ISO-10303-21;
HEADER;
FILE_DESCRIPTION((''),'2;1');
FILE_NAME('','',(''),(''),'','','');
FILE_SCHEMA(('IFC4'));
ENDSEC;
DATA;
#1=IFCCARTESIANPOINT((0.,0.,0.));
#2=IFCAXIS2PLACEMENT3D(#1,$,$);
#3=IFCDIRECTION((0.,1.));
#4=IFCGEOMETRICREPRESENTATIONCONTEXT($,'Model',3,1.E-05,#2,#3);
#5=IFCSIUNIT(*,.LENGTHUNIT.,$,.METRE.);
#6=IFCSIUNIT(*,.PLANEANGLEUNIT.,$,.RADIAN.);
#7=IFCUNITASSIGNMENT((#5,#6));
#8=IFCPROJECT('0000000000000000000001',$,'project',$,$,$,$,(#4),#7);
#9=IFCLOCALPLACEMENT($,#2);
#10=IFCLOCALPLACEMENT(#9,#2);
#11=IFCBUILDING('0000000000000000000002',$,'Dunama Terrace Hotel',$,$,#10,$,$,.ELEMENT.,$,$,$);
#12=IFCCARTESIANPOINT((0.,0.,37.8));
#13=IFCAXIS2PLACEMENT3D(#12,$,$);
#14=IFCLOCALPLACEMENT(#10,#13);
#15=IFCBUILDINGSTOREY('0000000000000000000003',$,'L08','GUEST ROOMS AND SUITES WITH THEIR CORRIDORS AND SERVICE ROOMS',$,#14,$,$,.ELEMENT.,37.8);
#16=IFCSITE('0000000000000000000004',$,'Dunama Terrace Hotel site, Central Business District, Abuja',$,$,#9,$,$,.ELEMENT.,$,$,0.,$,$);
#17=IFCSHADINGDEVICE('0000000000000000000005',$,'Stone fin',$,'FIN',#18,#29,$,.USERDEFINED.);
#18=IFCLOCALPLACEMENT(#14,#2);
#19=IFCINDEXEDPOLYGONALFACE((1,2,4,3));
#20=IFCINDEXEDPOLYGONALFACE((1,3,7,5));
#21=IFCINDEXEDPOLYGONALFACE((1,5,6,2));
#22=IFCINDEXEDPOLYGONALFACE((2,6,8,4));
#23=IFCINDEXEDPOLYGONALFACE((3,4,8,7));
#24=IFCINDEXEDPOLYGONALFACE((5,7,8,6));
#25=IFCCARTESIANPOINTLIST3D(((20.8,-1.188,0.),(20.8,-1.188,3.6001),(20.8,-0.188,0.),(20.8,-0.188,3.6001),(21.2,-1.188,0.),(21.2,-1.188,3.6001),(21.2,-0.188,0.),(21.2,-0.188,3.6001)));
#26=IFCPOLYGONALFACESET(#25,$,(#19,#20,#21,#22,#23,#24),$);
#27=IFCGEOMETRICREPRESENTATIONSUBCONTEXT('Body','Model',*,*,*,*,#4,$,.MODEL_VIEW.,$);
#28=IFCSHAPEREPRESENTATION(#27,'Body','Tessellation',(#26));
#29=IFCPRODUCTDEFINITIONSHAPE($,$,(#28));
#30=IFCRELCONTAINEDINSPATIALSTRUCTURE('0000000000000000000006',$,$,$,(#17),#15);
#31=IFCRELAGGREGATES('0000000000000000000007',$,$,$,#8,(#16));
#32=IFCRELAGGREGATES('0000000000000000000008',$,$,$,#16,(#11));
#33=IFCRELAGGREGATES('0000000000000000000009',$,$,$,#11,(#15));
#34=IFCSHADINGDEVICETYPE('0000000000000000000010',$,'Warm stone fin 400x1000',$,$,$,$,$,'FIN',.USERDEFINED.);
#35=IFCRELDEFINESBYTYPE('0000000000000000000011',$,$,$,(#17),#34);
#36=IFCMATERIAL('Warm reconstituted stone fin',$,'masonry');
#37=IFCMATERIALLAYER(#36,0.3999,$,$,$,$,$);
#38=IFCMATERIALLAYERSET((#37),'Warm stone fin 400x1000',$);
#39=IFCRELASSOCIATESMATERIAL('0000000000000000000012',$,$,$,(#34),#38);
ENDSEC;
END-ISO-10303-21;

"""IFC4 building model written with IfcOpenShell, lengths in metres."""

from ifc_helpers import new_model, si_unit, direction, frame, origin, origin_2d, place, context, subcontext, project, spatial, rectangle, extrude, material, layer, layer_set, type_object, element, save


model = new_model("IFC4")

# Units and contexts
model_context = context("Model", 3, precision=1e-05, world=origin(), true_north=direction((0.0, 1.0)))
body_context = subcontext(model_context, "Body", "Model", "MODEL_VIEW")
ifc_project = project(units=[si_unit("LENGTHUNIT", "METRE"), si_unit("PLANEANGLEUNIT", "RADIAN")], contexts=[model_context])

# Site, building, storey
site_placement = place(None, origin())
site = spatial("IfcSite", under=ifc_project, at=site_placement, Name="Dunama Terrace Hotel site, Central Business District, Abuja", CompositionType="ELEMENT", RefElevation=0.0)
building_placement = place(site_placement, origin())
building = spatial("IfcBuilding", under=site, at=building_placement, Name="Dunama Terrace Hotel", CompositionType="ELEMENT")
storey_placement = place(building_placement, frame((0.0, 0.0, 37.8)))
storey = spatial("IfcBuildingStorey", under=building, at=storey_placement, Name="L08", Description="GUEST ROOMS AND SUITES WITH THEIR CORRIDORS AND SERVICE ROOMS", CompositionType="ELEMENT", Elevation=37.8)

# Shading device
ifc_material_1 = material(Name="Warm reconstituted stone fin", Category="masonry")
ifc_layer_1 = layer(ifc_material_1, 0.3999)
ifc_layer_set_1 = layer_set([ifc_layer_1], Name="Warm stone fin 400x1000")
shading_device_type = type_object("IfcShadingDeviceType", Name="Warm stone fin 400x1000", ElementType="FIN", PredefinedType="USERDEFINED", material=ifc_layer_set_1)
shading_device_placement = place(storey_placement, frame((21.0, -0.688, 0.0), z_axis=(0.0, 0.0, 1.0), x_axis=(1.0, 0.0, 0.0)))
element("IfcShadingDevice", 1, at=shading_device_placement, inside=storey, type_object=shading_device_type, Name="Stone fin", ObjectType="FIN", PredefinedType="USERDEFINED", context=body_context, shape_type="SweptSolid", body=[
    extrude(rectangle(XDim=0.3999, YDim=1.0, at=origin_2d()), origin(), (0.0, 0.0, 1.0), 3.6001),
])

save(model, "model.ifc")
